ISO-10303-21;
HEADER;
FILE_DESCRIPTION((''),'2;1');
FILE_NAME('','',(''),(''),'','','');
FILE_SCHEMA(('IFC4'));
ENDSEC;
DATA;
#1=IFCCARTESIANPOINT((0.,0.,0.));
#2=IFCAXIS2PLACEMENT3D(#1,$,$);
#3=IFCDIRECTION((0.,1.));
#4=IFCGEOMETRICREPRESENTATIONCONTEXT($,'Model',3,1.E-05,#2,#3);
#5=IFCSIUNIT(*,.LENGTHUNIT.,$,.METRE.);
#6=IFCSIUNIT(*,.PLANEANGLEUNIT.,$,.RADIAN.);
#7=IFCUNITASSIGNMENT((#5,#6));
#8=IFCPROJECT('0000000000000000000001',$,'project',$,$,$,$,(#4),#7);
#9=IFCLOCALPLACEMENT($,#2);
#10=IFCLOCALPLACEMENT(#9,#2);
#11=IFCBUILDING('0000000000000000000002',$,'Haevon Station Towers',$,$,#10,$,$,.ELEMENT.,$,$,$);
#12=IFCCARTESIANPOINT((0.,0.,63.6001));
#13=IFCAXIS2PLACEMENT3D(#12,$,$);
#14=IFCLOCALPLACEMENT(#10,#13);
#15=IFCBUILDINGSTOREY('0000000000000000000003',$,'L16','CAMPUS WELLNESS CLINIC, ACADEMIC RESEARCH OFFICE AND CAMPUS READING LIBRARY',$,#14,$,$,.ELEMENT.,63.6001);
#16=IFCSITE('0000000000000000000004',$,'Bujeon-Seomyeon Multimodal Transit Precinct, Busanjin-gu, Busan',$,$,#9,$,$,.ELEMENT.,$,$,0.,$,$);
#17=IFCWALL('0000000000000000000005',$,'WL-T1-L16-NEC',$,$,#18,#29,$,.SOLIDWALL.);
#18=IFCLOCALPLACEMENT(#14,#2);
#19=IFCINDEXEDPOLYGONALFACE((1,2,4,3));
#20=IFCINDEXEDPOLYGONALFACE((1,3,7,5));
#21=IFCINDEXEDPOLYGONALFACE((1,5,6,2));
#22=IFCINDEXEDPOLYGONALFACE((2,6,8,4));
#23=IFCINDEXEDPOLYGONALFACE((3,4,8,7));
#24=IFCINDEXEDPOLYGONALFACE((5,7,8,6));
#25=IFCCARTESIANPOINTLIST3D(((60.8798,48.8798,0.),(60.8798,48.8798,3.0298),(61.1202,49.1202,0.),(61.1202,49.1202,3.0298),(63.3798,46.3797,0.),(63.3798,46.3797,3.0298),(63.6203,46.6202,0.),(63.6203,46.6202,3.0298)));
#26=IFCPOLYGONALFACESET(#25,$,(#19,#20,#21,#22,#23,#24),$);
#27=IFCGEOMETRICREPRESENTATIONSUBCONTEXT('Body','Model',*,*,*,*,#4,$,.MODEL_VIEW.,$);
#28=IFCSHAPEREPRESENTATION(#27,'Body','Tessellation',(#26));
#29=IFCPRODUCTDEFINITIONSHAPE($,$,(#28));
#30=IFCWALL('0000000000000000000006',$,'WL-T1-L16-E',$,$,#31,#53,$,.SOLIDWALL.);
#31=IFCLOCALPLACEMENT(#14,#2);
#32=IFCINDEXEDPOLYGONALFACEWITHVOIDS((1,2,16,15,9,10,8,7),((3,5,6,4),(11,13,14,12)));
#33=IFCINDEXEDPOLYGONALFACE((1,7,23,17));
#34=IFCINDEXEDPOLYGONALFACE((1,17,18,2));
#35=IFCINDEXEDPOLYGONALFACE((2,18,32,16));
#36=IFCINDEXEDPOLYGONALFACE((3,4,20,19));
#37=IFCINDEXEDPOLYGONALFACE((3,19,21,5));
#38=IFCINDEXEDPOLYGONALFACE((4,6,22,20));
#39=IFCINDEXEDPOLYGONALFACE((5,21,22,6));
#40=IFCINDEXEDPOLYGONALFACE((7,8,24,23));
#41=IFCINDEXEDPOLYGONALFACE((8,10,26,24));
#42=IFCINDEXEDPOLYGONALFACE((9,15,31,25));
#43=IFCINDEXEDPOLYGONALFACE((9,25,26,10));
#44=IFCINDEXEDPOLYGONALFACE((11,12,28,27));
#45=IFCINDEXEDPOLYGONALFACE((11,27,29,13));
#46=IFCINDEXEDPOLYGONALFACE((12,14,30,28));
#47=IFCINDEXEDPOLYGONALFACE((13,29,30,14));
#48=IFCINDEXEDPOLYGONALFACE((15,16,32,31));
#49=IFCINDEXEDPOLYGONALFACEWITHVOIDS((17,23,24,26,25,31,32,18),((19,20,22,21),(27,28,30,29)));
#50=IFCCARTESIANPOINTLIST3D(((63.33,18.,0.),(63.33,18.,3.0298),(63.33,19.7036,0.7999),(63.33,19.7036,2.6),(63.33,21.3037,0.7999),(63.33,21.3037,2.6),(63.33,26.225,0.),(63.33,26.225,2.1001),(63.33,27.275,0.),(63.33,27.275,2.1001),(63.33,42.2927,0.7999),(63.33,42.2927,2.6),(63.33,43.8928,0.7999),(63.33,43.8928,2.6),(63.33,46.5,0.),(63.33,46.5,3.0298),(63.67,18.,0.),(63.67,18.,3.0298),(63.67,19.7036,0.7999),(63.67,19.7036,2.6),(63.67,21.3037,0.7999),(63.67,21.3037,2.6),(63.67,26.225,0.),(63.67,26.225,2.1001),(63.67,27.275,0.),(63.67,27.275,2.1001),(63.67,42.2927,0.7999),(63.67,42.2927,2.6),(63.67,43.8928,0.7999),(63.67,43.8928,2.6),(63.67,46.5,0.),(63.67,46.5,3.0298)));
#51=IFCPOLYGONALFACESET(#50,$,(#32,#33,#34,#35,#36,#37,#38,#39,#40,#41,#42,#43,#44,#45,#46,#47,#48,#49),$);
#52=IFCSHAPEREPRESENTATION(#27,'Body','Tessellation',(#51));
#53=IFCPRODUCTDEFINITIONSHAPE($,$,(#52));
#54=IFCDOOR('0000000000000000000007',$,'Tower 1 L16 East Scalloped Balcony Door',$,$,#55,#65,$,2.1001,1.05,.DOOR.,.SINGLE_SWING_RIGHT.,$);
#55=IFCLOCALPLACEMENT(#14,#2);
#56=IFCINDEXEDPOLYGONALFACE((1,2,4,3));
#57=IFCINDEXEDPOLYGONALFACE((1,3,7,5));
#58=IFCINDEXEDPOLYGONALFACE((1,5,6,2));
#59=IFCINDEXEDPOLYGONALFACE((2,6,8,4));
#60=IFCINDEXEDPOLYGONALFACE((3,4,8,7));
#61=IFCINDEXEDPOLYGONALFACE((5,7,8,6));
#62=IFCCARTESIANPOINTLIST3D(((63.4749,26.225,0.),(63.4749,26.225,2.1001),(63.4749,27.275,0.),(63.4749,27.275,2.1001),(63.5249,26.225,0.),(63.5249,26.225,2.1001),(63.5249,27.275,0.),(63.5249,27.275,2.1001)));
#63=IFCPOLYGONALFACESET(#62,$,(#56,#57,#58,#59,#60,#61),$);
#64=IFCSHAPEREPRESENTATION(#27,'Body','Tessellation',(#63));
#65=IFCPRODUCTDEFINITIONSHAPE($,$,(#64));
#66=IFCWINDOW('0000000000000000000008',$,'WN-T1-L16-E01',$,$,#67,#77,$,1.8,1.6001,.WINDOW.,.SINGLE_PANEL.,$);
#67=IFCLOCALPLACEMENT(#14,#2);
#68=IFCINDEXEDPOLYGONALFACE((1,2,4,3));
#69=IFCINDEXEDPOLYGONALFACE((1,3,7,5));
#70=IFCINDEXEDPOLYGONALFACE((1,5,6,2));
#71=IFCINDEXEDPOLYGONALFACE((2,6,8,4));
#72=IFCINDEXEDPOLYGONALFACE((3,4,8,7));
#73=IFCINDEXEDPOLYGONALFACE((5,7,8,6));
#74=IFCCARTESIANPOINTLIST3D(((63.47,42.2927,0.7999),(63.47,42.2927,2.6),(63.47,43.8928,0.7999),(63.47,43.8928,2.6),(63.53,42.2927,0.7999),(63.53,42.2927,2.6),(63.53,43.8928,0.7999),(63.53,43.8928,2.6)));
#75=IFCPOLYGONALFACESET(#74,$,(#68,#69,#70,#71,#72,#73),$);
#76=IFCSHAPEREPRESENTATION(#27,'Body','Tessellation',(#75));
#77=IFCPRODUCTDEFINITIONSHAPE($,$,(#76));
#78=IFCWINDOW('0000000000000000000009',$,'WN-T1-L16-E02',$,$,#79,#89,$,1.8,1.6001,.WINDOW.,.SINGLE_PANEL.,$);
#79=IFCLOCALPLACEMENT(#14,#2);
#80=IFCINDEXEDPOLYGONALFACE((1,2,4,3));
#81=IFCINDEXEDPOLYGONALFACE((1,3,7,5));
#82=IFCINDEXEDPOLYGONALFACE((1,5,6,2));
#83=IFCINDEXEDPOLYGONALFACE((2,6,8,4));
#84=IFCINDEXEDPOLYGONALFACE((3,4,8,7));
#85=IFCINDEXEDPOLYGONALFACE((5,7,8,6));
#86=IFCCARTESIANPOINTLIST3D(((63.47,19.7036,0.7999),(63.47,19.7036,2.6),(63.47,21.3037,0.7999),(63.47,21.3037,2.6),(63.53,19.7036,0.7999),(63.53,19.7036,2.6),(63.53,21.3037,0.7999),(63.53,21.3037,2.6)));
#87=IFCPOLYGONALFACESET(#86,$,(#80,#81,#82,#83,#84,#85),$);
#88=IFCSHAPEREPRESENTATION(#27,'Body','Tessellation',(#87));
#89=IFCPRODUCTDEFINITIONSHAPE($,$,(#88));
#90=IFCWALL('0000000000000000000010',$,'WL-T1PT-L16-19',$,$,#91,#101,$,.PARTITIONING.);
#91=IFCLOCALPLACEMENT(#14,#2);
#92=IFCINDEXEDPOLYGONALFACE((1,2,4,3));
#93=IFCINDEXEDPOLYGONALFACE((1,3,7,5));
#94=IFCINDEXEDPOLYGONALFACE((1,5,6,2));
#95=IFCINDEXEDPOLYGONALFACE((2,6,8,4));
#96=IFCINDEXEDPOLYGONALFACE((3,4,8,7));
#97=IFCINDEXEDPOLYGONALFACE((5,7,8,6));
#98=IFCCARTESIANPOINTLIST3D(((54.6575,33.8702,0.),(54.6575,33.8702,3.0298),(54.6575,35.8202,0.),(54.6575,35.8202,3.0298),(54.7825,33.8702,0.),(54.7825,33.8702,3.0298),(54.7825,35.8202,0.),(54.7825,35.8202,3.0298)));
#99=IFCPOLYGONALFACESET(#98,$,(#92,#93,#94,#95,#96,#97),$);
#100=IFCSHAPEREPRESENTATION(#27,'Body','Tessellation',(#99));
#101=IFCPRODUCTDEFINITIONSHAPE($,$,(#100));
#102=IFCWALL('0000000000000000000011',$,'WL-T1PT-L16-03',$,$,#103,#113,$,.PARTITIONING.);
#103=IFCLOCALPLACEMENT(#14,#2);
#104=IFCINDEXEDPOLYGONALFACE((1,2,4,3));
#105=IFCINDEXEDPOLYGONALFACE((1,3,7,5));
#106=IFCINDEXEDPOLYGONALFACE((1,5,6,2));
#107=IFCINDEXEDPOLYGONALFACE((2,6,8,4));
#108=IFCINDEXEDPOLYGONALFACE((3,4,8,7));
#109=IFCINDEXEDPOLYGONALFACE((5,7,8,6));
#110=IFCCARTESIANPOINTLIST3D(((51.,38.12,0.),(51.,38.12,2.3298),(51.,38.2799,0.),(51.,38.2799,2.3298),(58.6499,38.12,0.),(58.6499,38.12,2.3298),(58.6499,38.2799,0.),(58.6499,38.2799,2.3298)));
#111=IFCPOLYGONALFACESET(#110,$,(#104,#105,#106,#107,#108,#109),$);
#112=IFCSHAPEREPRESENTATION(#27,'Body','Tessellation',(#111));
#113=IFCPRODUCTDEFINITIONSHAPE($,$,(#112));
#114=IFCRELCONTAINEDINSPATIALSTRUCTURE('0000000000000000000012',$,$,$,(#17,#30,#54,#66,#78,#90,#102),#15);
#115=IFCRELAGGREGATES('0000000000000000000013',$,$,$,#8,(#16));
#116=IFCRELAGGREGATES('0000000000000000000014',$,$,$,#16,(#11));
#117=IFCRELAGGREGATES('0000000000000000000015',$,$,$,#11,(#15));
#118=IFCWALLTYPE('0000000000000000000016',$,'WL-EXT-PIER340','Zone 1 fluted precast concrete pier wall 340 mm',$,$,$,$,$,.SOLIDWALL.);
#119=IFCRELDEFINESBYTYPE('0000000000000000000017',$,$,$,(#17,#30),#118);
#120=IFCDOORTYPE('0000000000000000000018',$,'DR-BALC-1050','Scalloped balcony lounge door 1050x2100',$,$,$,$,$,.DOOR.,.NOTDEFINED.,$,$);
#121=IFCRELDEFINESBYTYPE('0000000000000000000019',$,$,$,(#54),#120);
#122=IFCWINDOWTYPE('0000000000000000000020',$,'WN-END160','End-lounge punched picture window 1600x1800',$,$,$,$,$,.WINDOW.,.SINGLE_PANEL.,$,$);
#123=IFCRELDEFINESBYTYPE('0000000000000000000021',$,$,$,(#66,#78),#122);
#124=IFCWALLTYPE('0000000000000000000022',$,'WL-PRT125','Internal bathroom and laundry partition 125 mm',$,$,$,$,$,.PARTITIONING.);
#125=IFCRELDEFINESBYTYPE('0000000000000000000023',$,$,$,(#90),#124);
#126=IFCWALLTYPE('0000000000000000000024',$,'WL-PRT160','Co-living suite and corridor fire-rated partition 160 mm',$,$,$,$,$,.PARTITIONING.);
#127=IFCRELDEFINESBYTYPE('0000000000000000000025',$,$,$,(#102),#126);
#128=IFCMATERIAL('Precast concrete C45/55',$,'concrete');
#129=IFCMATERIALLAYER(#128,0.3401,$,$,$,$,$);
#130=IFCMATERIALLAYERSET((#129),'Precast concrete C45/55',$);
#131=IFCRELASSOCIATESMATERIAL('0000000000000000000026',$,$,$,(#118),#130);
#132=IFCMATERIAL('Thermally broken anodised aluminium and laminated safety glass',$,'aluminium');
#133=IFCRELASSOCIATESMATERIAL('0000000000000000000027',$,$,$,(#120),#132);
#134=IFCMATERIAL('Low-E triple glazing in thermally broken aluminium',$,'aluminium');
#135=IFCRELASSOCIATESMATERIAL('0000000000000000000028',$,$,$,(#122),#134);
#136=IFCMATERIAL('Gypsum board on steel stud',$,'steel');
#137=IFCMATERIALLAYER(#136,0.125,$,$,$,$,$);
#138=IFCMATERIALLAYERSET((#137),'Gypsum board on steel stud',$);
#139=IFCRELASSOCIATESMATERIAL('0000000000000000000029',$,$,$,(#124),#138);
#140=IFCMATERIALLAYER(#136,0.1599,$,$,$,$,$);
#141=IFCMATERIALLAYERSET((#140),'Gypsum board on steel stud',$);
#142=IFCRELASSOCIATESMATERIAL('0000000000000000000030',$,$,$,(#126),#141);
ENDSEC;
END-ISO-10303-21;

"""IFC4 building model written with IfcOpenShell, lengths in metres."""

from ifc_helpers import new_model, si_unit, direction, frame, frame_2d, origin, place, context, subcontext, project, spatial, rectangle, extrude, material, layer, layer_set, type_object, element, fill, save


model = new_model("IFC4")

# Units and contexts
model_context = context("Model", 3, precision=1e-05, world=origin(), true_north=direction((0.0, 1.0)))
body_context = subcontext(model_context, "Body", "Model", "MODEL_VIEW")
ifc_project = project(units=[si_unit("LENGTHUNIT", "METRE"), si_unit("PLANEANGLEUNIT", "RADIAN")], contexts=[model_context])

# Site, building, storey
site_placement = place(None, origin())
site = spatial("IfcSite", under=ifc_project, at=site_placement, Name="Bujeon-Seomyeon Multimodal Transit Precinct, Busanjin-gu, Busan", CompositionType="ELEMENT", RefElevation=0.0)
building_placement = place(site_placement, origin())
building = spatial("IfcBuilding", under=site, at=building_placement, Name="Haevon Station Towers", CompositionType="ELEMENT")
storey_placement = place(building_placement, frame((0.0, 0.0, 63.6001)))
storey = spatial("IfcBuildingStorey", under=building, at=storey_placement, Name="L16", Description="CAMPUS WELLNESS CLINIC, ACADEMIC RESEARCH OFFICE AND CAMPUS READING LIBRARY", CompositionType="ELEMENT", Elevation=63.6001)

# Wall
ifc_material_1 = material(Name="Precast concrete C45/55", Category="concrete")
ifc_layer_1 = layer(ifc_material_1, 0.3401)
ifc_layer_set_1 = layer_set([ifc_layer_1], Name="Precast concrete C45/55")
wall_type_1 = type_object("IfcWallType", Name="WL-EXT-PIER340", Description="Zone 1 fluted precast concrete pier wall 340 mm", PredefinedType="SOLIDWALL", material=ifc_layer_set_1)
wall_1_placement = place(storey_placement, frame((61.0, 49.0, 0.0), z_axis=(0.0, 0.0, 1.0), x_axis=(0.707107, -0.707107, 0.0)))
element("IfcWall", 1, at=wall_1_placement, inside=storey, type_object=wall_type_1, Name="WL-T1-L16-NEC", PredefinedType="SOLIDWALL", context=body_context, shape_type="SweptSolid", body=[
    extrude(rectangle(XDim=3.5356, YDim=0.3401, at=frame_2d((1.7678, 0.0))), origin(), (0.0, 0.0, 1.0), 3.0298),
])

# Wall, openings, door, windows
wall_2_placement = place(storey_placement, frame((63.5, 46.5, 0.0), z_axis=(0.0, 0.0, 1.0), x_axis=(0.0, -1.0, 0.0)))
wall_2 = element("IfcWall", 2, at=wall_2_placement, inside=storey, type_object=wall_type_1, Name="WL-T1-L16-E", PredefinedType="SOLIDWALL", context=body_context, shape_type="SweptSolid", body=[
    extrude(rectangle(XDim=28.5, YDim=0.3401, at=frame_2d((14.25, 0.0))), origin(), (0.0, 0.0, 1.0), 3.0298),
])
opening_1_placement = place(wall_2_placement, frame((19.2251, 0.0, 0.0)))
opening_1 = element("IfcOpeningElement", 3, at=opening_1_placement, cuts=wall_2, PredefinedType="OPENING", context=body_context, shape_type="SweptSolid", body=[
    extrude(rectangle(XDim=1.05, YDim=2.1001, at=frame_2d((0.5249, 1.05))), frame((0.0, 0.1799, 0.0), z_axis=(0.0, -1.0, 0.0), x_axis=(1.0, 0.0, 0.0)), (0.0, 0.0, 1.0), 0.3601),
])
opening_2_placement = place(wall_2_placement, frame((2.6072, 0.0, 0.8)))
opening_2 = element("IfcOpeningElement", 4, at=opening_2_placement, cuts=wall_2, PredefinedType="OPENING", context=body_context, shape_type="SweptSolid", body=[
    extrude(rectangle(XDim=1.6001, YDim=1.8, at=frame_2d((0.8, 0.8999))), frame((0.0, 0.1799, 0.0), z_axis=(0.0, -1.0, 0.0), x_axis=(1.0, 0.0, 0.0)), (0.0, 0.0, 1.0), 0.3601),
])
opening_3_placement = place(wall_2_placement, frame((25.1963, 0.0, 0.8)))
opening_3 = element("IfcOpeningElement", 5, at=opening_3_placement, cuts=wall_2, PredefinedType="OPENING", context=body_context, shape_type="SweptSolid", body=[
    extrude(rectangle(XDim=1.6001, YDim=1.8, at=frame_2d((0.8, 0.8999))), frame((0.0, 0.1799, 0.0), z_axis=(0.0, -1.0, 0.0), x_axis=(1.0, 0.0, 0.0)), (0.0, 0.0, 1.0), 0.3601),
])
ifc_material_2 = material(Name="Thermally broken anodised aluminium and laminated safety glass", Category="aluminium")
door_type = type_object("IfcDoorType", Name="DR-BALC-1050", Description="Scalloped balcony lounge door 1050x2100", OperationType="NOTDEFINED", PredefinedType="DOOR", material=ifc_material_2)
door_placement = place(opening_1_placement, origin())
door = element("IfcDoor", 6, at=door_placement, inside=storey, type_object=door_type, Name="Tower 1 L16 East Scalloped Balcony Door", OperationType="SINGLE_SWING_RIGHT", OverallHeight=2.1001, OverallWidth=1.05, PredefinedType="DOOR", context=body_context, shape_type="SweptSolid", body=[
    extrude(rectangle(XDim=1.05, YDim=2.1001, at=frame_2d((0.5249, 1.05))), frame((0.0, 0.0249, 0.0), z_axis=(0.0, -1.0, 0.0), x_axis=(1.0, 0.0, 0.0)), (0.0, 0.0, 1.0), 0.05),
])
fill(opening_1, door)
ifc_material_3 = material(Name="Low-E triple glazing in thermally broken aluminium", Category="aluminium")
window_type = type_object("IfcWindowType", Name="WN-END160", Description="End-lounge punched picture window 1600x1800", PartitioningType="SINGLE_PANEL", PredefinedType="WINDOW", material=ifc_material_3)
window_1_placement = place(opening_2_placement, origin())
window_1 = element("IfcWindow", 7, at=window_1_placement, inside=storey, type_object=window_type, Name="WN-T1-L16-E01", OverallHeight=1.8, OverallWidth=1.6001, PartitioningType="SINGLE_PANEL", PredefinedType="WINDOW", context=body_context, shape_type="SweptSolid", body=[
    extrude(rectangle(XDim=1.6001, YDim=1.8, at=frame_2d((0.8, 0.8999))), frame((0.0, 0.03, 0.0), z_axis=(0.0, -1.0, 0.0), x_axis=(1.0, 0.0, 0.0)), (0.0, 0.0, 1.0), 0.0601),
])
fill(opening_2, window_1)
window_2_placement = place(opening_3_placement, origin())
window_2 = element("IfcWindow", 8, at=window_2_placement, inside=storey, type_object=window_type, Name="WN-T1-L16-E02", OverallHeight=1.8, OverallWidth=1.6001, PartitioningType="SINGLE_PANEL", PredefinedType="WINDOW", context=body_context, shape_type="SweptSolid", body=[
    extrude(rectangle(XDim=1.6001, YDim=1.8, at=frame_2d((0.8, 0.8999))), frame((0.0, 0.03, 0.0), z_axis=(0.0, -1.0, 0.0), x_axis=(1.0, 0.0, 0.0)), (0.0, 0.0, 1.0), 0.0601),
])
fill(opening_3, window_2)

# Walls
ifc_material_4 = material(Name="Gypsum board on steel stud", Category="steel")
ifc_layer_2 = layer(ifc_material_4, 0.125)
ifc_layer_set_2 = layer_set([ifc_layer_2], Name="Gypsum board on steel stud")
wall_type_2 = type_object("IfcWallType", Name="WL-PRT125", Description="Internal bathroom and laundry partition 125 mm", PredefinedType="PARTITIONING", material=ifc_layer_set_2)
wall_3_placement = place(storey_placement, frame((54.72, 33.8701, 0.0), z_axis=(0.0, 0.0, 1.0), x_axis=(0.0, 1.0, 0.0)))
element("IfcWall", 9, at=wall_3_placement, inside=storey, type_object=wall_type_2, Name="WL-T1PT-L16-19", PredefinedType="PARTITIONING", context=body_context, shape_type="SweptSolid", body=[
    extrude(rectangle(XDim=1.95, YDim=0.125, at=frame_2d((0.9751, 0.0))), origin(), (0.0, 0.0, 1.0), 3.0298),
])
ifc_layer_3 = layer(ifc_material_4, 0.1599)
ifc_layer_set_3 = layer_set([ifc_layer_3], Name="Gypsum board on steel stud")
wall_type_3 = type_object("IfcWallType", Name="WL-PRT160", Description="Co-living suite and corridor fire-rated partition 160 mm", PredefinedType="PARTITIONING", material=ifc_layer_set_3)
wall_4_placement = place(storey_placement, frame((51.0, 38.2, 0.0), z_axis=(0.0, 0.0, 1.0), x_axis=(1.0, 0.0, 0.0)))
element("IfcWall", 10, at=wall_4_placement, inside=storey, type_object=wall_type_3, Name="WL-T1PT-L16-03", PredefinedType="PARTITIONING", context=body_context, shape_type="SweptSolid", body=[
    extrude(rectangle(XDim=7.6499, YDim=0.1599, at=frame_2d((3.825, 0.0))), origin(), (0.0, 0.0, 1.0), 2.3298),
])

save(model, "model.ifc")
